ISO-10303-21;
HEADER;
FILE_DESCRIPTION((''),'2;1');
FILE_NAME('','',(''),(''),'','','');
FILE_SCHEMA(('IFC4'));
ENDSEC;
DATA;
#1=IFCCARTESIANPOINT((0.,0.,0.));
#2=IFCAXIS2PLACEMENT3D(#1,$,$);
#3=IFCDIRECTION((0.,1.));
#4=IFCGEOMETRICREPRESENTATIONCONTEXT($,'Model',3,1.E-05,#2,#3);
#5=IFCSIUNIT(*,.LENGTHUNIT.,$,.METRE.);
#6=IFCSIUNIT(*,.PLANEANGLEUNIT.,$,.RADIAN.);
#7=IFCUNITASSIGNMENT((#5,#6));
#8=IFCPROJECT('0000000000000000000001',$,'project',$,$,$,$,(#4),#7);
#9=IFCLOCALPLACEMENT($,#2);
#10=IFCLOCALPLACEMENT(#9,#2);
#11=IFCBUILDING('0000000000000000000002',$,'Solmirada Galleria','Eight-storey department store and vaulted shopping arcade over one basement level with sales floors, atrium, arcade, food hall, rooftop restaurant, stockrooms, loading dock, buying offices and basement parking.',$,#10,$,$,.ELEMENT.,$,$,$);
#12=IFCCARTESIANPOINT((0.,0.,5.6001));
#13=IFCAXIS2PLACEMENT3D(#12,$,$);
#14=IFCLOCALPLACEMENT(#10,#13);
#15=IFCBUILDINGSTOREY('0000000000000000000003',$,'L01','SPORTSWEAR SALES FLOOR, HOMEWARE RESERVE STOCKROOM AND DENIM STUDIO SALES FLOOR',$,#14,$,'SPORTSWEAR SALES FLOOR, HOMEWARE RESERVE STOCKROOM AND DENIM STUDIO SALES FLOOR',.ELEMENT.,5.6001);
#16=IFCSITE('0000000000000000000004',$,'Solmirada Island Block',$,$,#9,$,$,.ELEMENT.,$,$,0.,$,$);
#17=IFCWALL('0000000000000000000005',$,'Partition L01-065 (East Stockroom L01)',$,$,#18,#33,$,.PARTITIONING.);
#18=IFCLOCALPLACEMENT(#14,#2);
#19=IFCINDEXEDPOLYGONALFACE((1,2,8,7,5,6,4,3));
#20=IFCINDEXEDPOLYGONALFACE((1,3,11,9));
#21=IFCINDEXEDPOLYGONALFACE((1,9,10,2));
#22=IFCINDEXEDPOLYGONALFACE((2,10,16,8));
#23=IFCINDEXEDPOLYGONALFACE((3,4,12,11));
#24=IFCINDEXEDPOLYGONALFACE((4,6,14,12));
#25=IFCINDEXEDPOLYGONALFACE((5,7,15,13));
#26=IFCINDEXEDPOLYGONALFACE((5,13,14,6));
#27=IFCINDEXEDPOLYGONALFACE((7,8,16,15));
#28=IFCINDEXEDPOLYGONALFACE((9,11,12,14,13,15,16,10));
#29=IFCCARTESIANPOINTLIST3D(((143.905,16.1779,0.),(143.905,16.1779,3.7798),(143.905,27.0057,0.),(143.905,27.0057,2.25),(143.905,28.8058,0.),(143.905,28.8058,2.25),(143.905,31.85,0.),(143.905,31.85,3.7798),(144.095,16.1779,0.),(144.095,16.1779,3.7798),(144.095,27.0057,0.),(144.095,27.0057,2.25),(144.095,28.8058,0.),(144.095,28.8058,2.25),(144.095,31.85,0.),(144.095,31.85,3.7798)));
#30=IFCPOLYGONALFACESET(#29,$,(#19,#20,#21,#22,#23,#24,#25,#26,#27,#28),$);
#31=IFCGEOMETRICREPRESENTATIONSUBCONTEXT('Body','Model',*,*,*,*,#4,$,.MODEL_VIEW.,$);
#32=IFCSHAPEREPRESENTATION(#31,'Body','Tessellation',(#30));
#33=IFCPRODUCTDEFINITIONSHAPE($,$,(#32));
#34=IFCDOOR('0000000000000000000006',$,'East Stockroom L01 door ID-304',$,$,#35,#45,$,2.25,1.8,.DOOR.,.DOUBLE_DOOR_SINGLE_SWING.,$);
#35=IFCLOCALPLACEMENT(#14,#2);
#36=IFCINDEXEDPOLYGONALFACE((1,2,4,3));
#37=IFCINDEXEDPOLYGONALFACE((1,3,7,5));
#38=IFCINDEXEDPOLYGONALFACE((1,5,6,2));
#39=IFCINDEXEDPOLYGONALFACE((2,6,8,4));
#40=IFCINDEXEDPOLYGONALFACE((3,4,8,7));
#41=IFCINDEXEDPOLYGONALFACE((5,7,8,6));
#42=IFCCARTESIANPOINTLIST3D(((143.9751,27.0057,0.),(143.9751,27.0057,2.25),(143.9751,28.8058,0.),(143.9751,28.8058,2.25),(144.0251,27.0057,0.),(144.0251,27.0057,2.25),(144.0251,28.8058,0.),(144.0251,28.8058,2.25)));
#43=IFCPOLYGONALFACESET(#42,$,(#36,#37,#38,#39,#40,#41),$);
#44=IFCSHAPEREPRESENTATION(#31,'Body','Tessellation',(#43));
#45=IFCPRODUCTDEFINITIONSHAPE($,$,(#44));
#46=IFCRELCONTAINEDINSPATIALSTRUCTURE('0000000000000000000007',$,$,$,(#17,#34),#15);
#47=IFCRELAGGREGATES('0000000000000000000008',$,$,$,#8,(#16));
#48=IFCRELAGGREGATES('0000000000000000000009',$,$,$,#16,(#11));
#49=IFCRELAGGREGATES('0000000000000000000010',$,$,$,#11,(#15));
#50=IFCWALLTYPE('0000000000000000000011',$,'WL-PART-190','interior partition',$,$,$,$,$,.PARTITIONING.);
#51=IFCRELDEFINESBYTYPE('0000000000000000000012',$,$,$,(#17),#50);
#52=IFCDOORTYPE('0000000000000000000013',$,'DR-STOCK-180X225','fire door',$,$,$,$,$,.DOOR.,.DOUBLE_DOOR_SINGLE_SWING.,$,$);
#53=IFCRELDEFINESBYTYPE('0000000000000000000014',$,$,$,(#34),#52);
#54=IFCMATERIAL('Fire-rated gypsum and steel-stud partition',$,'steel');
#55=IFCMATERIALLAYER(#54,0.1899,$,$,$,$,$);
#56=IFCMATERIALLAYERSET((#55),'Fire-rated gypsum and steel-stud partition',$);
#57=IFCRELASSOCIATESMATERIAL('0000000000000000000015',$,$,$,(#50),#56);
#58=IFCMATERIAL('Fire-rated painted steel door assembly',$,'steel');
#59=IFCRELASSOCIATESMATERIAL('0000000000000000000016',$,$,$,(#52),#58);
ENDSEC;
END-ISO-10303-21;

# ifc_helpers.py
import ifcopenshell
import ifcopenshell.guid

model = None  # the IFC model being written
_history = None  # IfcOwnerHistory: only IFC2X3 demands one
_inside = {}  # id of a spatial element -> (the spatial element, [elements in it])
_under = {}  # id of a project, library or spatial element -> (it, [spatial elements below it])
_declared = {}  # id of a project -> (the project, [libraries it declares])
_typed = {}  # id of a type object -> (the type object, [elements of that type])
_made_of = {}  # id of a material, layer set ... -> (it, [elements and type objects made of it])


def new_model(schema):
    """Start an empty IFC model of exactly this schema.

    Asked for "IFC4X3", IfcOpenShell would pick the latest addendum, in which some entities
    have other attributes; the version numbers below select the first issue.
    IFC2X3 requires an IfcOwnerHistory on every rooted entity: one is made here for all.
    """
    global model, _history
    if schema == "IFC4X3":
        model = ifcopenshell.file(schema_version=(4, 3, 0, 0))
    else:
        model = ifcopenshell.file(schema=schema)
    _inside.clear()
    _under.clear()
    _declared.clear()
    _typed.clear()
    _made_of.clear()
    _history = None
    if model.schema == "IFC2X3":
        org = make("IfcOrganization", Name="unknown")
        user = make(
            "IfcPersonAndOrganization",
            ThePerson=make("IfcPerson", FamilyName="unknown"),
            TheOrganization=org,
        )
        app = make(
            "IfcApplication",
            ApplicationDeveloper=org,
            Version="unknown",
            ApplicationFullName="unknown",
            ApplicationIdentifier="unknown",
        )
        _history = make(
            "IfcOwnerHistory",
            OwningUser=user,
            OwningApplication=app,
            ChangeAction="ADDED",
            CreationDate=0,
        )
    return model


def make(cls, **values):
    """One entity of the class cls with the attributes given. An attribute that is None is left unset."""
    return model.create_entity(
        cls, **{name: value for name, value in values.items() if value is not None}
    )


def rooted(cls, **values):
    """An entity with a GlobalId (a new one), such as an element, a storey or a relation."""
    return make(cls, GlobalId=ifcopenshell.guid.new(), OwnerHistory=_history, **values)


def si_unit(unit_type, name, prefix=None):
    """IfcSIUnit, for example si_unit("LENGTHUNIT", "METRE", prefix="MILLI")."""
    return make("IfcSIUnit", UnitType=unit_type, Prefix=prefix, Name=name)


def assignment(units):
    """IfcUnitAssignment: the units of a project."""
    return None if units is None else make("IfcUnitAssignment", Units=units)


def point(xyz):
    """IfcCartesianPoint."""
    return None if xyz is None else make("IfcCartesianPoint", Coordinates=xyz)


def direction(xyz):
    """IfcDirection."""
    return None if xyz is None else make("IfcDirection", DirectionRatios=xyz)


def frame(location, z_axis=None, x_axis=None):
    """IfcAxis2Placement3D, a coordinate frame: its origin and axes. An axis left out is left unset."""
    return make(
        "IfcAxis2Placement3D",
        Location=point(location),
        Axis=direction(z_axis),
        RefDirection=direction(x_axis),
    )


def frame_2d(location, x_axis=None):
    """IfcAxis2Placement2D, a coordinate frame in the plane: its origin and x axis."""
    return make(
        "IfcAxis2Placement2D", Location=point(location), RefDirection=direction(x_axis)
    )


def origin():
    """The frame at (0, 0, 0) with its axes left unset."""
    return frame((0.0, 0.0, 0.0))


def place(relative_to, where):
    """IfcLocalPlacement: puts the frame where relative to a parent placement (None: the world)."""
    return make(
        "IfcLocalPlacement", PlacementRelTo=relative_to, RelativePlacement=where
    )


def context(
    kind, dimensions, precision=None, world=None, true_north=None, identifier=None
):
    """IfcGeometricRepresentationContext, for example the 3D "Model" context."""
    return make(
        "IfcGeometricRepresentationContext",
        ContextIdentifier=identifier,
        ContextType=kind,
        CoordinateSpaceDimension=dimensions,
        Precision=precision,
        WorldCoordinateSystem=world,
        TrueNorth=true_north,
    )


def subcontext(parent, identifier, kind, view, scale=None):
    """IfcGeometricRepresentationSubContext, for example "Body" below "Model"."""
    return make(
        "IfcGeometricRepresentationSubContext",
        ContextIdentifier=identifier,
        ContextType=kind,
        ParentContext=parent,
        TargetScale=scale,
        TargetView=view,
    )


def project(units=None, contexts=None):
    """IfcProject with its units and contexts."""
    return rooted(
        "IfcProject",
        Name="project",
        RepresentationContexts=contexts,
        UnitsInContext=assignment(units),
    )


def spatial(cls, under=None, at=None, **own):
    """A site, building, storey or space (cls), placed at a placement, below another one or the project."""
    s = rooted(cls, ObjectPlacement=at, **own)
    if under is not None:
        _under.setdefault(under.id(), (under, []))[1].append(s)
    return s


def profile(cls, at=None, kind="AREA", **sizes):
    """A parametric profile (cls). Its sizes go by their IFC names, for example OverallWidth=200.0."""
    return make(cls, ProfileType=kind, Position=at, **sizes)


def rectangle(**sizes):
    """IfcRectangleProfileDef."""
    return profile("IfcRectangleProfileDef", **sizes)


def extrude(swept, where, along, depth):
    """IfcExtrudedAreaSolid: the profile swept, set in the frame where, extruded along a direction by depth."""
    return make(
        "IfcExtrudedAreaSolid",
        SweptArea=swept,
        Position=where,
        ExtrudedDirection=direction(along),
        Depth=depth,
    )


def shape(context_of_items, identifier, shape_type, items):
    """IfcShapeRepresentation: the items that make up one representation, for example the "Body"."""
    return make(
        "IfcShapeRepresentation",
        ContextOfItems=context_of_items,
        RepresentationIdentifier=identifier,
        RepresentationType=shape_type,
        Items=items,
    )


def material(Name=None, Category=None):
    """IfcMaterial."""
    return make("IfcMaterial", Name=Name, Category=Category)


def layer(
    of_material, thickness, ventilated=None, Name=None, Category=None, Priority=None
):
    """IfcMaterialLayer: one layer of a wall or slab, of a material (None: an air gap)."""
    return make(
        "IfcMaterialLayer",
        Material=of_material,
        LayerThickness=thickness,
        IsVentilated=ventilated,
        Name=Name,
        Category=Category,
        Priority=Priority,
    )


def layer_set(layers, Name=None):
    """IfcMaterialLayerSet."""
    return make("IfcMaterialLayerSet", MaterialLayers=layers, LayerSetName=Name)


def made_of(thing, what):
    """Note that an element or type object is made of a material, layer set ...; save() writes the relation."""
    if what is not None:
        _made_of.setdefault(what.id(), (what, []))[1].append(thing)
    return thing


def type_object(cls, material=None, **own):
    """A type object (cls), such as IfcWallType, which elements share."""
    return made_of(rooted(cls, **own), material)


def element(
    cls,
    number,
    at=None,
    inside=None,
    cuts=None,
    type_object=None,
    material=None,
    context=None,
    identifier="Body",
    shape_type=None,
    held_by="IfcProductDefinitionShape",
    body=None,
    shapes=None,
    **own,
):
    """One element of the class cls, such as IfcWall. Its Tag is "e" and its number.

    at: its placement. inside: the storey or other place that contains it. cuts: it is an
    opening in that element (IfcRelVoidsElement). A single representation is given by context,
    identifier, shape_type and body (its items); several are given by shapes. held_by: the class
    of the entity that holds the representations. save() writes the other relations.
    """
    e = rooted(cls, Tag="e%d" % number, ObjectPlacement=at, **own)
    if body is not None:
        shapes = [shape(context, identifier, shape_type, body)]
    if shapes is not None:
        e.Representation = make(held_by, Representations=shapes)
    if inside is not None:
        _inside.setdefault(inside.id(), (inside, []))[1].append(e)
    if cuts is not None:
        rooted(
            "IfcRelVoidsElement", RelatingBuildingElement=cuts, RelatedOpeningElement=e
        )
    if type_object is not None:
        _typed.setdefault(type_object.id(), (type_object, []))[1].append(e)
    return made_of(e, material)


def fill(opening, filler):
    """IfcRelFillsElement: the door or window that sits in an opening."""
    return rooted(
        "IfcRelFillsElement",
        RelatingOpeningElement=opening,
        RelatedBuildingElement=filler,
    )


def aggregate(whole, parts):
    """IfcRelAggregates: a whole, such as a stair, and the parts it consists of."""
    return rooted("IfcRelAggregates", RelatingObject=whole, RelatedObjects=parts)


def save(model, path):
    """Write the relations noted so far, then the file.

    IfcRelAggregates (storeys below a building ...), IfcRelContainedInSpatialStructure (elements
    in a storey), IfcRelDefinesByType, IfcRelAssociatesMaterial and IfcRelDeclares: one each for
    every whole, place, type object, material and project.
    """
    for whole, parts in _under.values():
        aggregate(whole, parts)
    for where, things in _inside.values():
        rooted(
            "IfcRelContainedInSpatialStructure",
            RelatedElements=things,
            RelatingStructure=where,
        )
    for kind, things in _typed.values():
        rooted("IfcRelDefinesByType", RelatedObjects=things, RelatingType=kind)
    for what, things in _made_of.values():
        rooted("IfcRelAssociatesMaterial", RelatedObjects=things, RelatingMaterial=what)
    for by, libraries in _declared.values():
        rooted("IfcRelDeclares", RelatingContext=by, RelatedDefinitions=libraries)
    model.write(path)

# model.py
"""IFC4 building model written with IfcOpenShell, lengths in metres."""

from ifc_helpers import new_model, si_unit, direction, frame, frame_2d, origin, place, context, subcontext, project, spatial, rectangle, extrude, material, layer, layer_set, type_object, element, fill, save


model = new_model("IFC4")

# Units and contexts
model_context = context("Model", 3, precision=1e-05, world=origin(), true_north=direction((0.0, 1.0)))
body_context = subcontext(model_context, "Body", "Model", "MODEL_VIEW")
ifc_project = project(units=[si_unit("LENGTHUNIT", "METRE"), si_unit("PLANEANGLEUNIT", "RADIAN")], contexts=[model_context])

# Site, building, storey
site_placement = place(None, origin())
site = spatial("IfcSite", under=ifc_project, at=site_placement, Name="Solmirada Island Block", CompositionType="ELEMENT", RefElevation=0.0)
building_placement = place(site_placement, origin())
building = spatial("IfcBuilding", under=site, at=building_placement, Name="Solmirada Galleria", Description="Eight-storey department store and vaulted shopping arcade over one basement level with sales floors, atrium, arcade, food hall, rooftop restaurant, stockrooms, loading dock, buying offices and basement parking.", CompositionType="ELEMENT")
storey_placement = place(building_placement, frame((0.0, 0.0, 5.6001)))
storey = spatial("IfcBuildingStorey", under=building, at=storey_placement, Name="L01", Description="SPORTSWEAR SALES FLOOR, HOMEWARE RESERVE STOCKROOM AND DENIM STUDIO SALES FLOOR", LongName="SPORTSWEAR SALES FLOOR, HOMEWARE RESERVE STOCKROOM AND DENIM STUDIO SALES FLOOR", CompositionType="ELEMENT", Elevation=5.6001)

# Shared definitions
ifc_material_1 = material(Name="Fire-rated painted steel door assembly", Category="steel")

# Wall, opening, door
ifc_material_2 = material(Name="Fire-rated gypsum and steel-stud partition", Category="steel")
ifc_layer_1 = layer(ifc_material_2, 0.1899)
ifc_layer_set_1 = layer_set([ifc_layer_1], Name="Fire-rated gypsum and steel-stud partition")
wall_type_1 = type_object("IfcWallType", Name="WL-PART-190", Description="interior partition", PredefinedType="PARTITIONING", material=ifc_layer_set_1)
wall_1_placement = place(storey_placement, frame((144.0, 16.178, 0.0), z_axis=(0.0, 0.0, 1.0), x_axis=(0.0, 1.0, 0.0)))
wall_1 = element("IfcWall", 1, at=wall_1_placement, inside=storey, type_object=wall_type_1, Name="Partition L01-065 (East Stockroom L01)", PredefinedType="PARTITIONING", context=body_context, shape_type="SweptSolid", body=[
    extrude(rectangle(XDim=15.6721, YDim=0.1899, at=frame_2d((7.8359, 0.0))), origin(), (0.0, 0.0, 1.0), 3.7798),
])
opening_1_placement = place(wall_1_placement, frame((10.8279, 0.0, 0.0)))
opening_1 = element("IfcOpeningElement", 2, at=opening_1_placement, cuts=wall_1, PredefinedType="OPENING", context=body_context, shape_type="SweptSolid", body=[
    extrude(rectangle(XDim=1.8, YDim=2.25, at=frame_2d((0.8999, 1.125))), frame((0.0, 0.105, 0.0), z_axis=(0.0, -1.0, 0.0), x_axis=(1.0, 0.0, 0.0)), (0.0, 0.0, 1.0), 0.21),
])
door_type_1 = type_object("IfcDoorType", Name="DR-STOCK-180X225", Description="fire door", OperationType="DOUBLE_DOOR_SINGLE_SWING", PredefinedType="DOOR", material=ifc_material_1)
door_1_placement = place(opening_1_placement, origin())
door_1 = element("IfcDoor", 3, at=door_1_placement, inside=storey, type_object=door_type_1, Name="East Stockroom L01 door ID-304", OperationType="DOUBLE_DOOR_SINGLE_SWING", OverallHeight=2.25, OverallWidth=1.8, PredefinedType="DOOR", context=body_context, shape_type="SweptSolid", body=[
    extrude(rectangle(XDim=1.8, YDim=2.25, at=frame_2d((0.8999, 1.125))), frame((0.0, 0.0249, 0.0), z_axis=(0.0, -1.0, 0.0), x_axis=(1.0, 0.0, 0.0)), (0.0, 0.0, 1.0), 0.05),
])
fill(opening_1, door_1)

save(model, "model.ifc")
